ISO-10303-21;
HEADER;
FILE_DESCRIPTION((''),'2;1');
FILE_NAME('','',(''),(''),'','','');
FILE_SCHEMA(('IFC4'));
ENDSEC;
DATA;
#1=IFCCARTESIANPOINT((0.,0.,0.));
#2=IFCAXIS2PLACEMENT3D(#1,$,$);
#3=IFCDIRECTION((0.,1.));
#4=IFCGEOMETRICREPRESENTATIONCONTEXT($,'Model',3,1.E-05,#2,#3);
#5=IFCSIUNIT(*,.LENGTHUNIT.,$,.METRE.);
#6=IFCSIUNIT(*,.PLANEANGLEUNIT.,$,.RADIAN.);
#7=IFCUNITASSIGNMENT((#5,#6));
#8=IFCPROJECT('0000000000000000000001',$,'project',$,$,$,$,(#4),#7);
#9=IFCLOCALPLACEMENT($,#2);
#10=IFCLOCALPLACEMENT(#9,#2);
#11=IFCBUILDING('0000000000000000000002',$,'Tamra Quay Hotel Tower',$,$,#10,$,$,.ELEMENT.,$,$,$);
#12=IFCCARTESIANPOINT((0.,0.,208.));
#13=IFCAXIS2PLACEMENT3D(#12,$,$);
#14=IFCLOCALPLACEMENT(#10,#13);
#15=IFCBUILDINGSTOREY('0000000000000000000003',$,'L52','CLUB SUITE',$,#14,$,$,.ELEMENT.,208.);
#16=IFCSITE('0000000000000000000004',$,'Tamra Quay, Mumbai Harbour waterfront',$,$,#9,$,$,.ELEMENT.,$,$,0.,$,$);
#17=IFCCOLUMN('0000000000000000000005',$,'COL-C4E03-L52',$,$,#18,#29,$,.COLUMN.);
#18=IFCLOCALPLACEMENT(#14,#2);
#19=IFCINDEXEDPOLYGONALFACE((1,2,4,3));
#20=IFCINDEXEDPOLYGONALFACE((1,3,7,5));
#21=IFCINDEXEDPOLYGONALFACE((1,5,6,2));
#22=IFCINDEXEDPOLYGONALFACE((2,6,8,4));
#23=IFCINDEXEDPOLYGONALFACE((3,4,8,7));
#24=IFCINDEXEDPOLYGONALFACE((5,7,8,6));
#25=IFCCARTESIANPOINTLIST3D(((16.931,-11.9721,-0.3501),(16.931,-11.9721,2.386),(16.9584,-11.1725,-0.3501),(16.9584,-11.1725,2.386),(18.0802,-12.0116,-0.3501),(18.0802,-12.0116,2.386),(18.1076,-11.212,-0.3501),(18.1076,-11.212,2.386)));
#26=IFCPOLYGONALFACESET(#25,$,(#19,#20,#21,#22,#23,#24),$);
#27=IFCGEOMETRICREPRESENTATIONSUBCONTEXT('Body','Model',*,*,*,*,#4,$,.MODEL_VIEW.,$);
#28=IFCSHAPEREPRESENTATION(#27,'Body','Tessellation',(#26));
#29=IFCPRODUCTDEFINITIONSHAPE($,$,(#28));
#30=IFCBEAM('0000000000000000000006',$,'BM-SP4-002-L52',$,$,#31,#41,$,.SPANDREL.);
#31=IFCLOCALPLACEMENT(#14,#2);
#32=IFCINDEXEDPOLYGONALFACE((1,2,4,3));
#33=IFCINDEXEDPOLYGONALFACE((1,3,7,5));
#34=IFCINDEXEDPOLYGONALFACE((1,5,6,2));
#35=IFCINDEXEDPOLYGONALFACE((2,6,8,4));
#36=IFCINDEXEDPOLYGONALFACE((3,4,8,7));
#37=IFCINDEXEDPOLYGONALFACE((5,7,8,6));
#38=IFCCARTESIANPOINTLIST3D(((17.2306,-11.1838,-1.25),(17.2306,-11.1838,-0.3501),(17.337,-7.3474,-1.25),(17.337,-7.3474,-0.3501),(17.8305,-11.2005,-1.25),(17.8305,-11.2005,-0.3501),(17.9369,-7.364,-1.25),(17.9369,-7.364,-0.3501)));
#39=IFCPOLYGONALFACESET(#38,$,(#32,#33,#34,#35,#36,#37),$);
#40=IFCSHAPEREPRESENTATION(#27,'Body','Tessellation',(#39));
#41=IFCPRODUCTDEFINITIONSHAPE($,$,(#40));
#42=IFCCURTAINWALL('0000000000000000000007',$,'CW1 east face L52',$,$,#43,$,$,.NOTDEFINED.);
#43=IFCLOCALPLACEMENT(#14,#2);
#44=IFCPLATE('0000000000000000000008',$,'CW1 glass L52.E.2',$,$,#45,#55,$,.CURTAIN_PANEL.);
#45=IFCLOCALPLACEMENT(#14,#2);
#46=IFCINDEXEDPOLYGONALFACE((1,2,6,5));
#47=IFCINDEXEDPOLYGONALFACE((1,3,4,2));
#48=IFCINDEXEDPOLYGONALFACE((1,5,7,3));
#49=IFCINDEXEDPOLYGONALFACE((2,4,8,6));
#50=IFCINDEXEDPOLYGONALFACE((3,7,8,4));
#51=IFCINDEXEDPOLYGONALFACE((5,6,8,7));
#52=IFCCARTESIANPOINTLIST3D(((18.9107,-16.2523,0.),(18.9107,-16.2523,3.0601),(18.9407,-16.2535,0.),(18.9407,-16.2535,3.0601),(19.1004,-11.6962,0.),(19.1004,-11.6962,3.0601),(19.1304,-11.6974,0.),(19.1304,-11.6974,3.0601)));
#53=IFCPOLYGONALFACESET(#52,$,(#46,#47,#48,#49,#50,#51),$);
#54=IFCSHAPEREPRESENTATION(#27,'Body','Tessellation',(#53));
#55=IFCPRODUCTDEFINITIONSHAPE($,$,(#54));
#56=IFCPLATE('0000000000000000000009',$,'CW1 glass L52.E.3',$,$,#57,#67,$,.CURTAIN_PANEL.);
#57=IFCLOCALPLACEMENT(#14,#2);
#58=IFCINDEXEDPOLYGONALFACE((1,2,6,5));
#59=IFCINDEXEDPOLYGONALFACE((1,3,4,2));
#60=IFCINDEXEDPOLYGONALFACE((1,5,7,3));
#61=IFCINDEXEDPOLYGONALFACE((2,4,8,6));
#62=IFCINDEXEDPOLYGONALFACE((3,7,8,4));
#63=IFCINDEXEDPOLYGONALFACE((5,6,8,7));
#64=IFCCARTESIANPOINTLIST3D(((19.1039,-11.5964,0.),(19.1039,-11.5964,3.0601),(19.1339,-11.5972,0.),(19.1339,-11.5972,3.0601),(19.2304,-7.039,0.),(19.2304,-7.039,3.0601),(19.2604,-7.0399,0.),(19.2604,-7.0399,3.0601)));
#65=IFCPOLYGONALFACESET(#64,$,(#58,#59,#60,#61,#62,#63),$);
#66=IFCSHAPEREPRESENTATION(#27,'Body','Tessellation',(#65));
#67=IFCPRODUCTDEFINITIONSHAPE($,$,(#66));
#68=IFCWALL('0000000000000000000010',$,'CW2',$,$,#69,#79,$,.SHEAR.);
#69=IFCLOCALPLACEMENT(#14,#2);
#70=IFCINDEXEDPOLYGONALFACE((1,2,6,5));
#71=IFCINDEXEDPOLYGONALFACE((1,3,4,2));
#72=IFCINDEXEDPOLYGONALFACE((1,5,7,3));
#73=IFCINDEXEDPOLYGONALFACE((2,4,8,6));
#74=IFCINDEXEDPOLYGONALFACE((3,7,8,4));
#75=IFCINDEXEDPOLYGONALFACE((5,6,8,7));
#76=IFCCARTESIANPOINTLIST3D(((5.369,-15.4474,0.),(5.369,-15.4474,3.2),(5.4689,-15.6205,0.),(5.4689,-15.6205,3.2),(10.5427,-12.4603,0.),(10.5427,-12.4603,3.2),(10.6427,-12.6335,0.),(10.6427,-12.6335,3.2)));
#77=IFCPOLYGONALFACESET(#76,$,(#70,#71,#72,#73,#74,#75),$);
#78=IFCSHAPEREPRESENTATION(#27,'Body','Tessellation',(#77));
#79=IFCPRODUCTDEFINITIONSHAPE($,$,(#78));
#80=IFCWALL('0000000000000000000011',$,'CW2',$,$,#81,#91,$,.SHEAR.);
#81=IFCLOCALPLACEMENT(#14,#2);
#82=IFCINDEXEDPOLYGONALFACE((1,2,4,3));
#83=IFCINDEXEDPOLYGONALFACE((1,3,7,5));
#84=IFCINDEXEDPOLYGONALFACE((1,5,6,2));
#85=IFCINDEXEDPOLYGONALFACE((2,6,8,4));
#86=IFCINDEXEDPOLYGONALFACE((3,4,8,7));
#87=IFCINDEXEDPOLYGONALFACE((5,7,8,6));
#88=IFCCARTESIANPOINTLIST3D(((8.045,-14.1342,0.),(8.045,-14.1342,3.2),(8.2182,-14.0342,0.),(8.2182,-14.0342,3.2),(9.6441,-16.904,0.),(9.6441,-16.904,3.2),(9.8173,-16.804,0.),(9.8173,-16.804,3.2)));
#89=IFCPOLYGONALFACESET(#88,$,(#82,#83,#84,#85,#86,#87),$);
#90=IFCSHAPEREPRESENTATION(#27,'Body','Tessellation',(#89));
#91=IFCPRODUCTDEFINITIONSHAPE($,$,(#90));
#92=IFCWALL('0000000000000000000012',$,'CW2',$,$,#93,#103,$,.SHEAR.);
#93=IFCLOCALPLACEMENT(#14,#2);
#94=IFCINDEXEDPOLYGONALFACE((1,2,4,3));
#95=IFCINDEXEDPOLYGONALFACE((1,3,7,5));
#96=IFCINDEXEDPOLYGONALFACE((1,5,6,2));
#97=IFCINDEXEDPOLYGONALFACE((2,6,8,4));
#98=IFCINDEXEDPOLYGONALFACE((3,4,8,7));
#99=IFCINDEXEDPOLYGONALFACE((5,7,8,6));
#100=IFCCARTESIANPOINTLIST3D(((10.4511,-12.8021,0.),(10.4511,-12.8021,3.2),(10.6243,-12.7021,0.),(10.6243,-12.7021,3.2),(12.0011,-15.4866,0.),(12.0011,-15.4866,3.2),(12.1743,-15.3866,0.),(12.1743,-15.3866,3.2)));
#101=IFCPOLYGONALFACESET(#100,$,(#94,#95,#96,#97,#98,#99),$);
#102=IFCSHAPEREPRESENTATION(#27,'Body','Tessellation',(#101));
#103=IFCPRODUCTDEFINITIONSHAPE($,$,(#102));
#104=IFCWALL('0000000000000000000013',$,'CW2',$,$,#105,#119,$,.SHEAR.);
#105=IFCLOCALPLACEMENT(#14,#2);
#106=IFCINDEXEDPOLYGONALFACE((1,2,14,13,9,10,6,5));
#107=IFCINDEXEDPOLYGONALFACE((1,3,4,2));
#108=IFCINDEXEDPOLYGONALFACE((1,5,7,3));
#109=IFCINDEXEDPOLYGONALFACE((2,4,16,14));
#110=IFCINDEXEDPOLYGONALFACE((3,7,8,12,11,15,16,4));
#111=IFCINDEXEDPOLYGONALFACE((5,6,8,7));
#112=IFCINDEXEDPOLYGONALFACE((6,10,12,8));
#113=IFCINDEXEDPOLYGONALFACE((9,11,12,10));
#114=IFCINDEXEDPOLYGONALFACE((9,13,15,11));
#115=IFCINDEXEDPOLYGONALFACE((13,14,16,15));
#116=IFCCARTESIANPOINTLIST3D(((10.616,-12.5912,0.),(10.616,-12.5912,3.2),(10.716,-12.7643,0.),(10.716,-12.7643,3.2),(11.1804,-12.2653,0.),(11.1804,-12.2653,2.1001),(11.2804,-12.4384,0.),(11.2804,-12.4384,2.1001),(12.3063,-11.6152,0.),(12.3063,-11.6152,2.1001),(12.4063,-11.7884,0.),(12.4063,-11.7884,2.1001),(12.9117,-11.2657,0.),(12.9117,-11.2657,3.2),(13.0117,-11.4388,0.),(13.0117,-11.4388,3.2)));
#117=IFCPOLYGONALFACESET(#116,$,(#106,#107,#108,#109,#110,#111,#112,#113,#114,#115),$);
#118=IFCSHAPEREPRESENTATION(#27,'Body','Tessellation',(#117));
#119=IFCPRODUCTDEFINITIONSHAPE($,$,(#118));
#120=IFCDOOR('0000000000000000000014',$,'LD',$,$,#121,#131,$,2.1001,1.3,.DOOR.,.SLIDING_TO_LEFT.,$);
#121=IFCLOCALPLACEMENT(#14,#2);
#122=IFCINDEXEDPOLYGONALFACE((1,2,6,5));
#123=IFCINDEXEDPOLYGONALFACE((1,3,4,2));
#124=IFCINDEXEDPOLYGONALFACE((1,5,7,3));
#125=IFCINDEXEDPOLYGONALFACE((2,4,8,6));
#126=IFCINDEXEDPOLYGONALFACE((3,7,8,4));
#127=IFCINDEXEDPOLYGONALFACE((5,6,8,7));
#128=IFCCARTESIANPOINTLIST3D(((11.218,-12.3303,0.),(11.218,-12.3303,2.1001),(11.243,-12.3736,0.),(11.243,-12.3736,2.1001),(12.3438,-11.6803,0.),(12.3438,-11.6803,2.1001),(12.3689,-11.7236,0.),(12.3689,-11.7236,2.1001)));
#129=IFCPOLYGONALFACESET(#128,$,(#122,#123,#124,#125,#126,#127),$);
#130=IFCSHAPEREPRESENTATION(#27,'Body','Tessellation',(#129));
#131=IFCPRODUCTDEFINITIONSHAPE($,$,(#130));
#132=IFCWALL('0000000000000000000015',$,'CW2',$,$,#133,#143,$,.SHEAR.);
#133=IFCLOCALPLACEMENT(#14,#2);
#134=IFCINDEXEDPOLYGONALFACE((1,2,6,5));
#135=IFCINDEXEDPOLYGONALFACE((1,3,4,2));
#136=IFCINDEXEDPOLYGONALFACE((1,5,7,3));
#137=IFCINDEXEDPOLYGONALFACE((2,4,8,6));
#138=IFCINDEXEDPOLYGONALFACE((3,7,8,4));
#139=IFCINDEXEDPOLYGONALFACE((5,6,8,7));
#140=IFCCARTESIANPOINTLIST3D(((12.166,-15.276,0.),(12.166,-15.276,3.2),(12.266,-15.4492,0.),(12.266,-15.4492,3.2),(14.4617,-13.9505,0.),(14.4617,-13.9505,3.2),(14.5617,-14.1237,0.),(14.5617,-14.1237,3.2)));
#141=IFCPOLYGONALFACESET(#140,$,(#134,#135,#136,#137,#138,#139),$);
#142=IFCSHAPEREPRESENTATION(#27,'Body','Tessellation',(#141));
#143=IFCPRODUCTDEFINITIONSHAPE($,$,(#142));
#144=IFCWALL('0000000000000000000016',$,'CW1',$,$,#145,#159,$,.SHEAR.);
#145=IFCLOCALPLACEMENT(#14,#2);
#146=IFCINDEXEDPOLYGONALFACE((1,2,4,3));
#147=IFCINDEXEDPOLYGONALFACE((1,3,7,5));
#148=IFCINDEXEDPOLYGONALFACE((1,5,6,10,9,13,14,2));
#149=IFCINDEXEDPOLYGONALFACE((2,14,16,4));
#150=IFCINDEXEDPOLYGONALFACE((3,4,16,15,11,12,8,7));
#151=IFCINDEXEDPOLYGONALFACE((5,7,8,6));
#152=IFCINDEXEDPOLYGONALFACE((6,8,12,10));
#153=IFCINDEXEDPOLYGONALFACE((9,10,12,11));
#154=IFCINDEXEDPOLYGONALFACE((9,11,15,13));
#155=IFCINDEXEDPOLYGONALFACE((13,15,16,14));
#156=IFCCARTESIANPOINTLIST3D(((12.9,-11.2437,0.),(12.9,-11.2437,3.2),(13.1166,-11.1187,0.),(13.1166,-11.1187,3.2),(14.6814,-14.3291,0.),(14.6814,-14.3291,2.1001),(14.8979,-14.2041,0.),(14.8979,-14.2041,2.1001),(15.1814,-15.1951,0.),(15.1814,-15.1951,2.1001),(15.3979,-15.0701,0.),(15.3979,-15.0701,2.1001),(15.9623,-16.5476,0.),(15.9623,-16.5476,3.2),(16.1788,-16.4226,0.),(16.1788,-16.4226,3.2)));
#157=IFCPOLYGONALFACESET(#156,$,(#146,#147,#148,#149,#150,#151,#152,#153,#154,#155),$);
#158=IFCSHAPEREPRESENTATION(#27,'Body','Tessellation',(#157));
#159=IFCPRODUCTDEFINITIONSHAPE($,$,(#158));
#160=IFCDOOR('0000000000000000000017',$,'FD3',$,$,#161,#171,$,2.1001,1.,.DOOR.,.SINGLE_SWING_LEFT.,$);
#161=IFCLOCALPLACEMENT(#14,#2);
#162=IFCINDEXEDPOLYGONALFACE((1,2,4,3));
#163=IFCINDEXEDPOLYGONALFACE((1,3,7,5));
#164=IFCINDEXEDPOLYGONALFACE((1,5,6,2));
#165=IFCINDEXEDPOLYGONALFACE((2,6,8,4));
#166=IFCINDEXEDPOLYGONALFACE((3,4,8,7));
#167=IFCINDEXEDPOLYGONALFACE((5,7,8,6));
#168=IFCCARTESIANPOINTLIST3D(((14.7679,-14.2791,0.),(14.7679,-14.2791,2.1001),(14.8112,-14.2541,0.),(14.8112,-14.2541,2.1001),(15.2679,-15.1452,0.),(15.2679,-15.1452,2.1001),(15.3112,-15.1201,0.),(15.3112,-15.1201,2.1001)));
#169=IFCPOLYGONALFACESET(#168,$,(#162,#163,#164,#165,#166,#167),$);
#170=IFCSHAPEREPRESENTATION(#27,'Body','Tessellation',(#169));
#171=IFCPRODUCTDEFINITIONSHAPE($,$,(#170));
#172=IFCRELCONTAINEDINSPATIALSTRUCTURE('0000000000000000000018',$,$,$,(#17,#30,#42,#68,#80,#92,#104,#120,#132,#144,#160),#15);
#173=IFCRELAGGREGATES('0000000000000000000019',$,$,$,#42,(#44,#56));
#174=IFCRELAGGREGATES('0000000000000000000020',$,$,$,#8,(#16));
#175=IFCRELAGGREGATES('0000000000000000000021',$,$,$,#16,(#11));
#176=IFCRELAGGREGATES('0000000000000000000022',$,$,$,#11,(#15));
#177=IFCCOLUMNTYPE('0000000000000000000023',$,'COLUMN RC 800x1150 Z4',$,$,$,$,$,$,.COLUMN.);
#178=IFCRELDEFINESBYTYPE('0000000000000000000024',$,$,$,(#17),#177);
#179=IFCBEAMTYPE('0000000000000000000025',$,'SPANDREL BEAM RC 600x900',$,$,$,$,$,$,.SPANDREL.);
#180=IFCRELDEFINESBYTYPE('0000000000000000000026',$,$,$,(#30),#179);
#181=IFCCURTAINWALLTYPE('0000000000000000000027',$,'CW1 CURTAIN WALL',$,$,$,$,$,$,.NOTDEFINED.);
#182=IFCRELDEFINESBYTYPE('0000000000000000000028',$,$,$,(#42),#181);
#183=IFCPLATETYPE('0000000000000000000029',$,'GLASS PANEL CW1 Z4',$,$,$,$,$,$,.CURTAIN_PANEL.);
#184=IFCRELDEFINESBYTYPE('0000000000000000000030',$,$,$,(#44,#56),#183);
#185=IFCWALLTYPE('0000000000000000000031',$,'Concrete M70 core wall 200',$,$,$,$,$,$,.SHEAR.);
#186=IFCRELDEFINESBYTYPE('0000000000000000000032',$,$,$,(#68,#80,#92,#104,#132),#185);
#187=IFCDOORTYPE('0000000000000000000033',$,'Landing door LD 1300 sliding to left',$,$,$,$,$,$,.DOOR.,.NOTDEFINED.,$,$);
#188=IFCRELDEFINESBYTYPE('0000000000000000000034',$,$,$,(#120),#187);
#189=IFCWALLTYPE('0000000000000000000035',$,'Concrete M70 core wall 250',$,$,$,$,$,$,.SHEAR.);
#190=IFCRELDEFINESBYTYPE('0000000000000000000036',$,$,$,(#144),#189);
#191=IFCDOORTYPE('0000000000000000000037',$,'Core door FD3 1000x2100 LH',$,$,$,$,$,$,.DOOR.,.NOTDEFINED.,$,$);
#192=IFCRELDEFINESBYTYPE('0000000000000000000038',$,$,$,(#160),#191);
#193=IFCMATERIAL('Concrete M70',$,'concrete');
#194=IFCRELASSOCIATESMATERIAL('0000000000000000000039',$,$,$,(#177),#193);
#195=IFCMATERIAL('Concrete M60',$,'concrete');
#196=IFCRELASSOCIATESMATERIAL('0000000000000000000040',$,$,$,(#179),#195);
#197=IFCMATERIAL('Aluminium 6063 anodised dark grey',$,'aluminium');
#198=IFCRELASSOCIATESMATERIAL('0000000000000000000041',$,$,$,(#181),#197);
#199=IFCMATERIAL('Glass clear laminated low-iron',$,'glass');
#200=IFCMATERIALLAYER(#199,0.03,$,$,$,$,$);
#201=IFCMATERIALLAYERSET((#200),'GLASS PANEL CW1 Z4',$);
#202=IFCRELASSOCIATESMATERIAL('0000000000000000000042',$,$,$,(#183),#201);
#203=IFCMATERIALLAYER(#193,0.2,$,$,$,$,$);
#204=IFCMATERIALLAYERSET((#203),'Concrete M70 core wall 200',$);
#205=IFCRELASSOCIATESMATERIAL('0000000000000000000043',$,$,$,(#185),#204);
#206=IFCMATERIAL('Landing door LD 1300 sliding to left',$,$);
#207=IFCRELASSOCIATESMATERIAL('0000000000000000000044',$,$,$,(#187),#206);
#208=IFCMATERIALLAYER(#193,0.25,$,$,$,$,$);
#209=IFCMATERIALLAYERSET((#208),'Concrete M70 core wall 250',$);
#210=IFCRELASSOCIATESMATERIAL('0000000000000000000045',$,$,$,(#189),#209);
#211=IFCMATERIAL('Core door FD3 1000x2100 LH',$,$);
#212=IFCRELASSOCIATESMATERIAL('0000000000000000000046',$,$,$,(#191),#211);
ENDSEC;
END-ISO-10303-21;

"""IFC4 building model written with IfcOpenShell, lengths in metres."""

from ifc_helpers import new_model, si_unit, direction, frame, frame_2d, origin, origin_2d, place, context, subcontext, project, spatial, rectangle, extrude, material, layer, layer_set, material_profile, profile_set, type_object, element, fill, aggregate, save


model = new_model("IFC4")

# Units and contexts
model_context = context("Model", 3, precision=1e-05, world=origin(), true_north=direction((0.0, 1.0)))
body_context = subcontext(model_context, "Body", "Model", "MODEL_VIEW")
ifc_project = project(units=[si_unit("LENGTHUNIT", "METRE"), si_unit("PLANEANGLEUNIT", "RADIAN")], contexts=[model_context])

# Site, building, storey
site_placement = place(None, origin())
site = spatial("IfcSite", under=ifc_project, at=site_placement, Name="Tamra Quay, Mumbai Harbour waterfront", CompositionType="ELEMENT", RefElevation=0.0)
building_placement = place(site_placement, origin())
building = spatial("IfcBuilding", under=site, at=building_placement, Name="Tamra Quay Hotel Tower", CompositionType="ELEMENT")
storey_placement = place(building_placement, frame((0.0, 0.0, 208.0)))
storey = spatial("IfcBuildingStorey", under=building, at=storey_placement, Name="L52", Description="CLUB SUITE", CompositionType="ELEMENT", Elevation=208.0)

# Column
ifc_material_1 = material(Name="Concrete M70", Category="concrete")
ifc_material_profile_1 = material_profile(ifc_material_1, rectangle(XDim=1.1499, YDim=0.8, at=origin_2d()), Name="COLUMN RC 800x1150 Z4")
ifc_profile_set_1 = profile_set([ifc_material_profile_1], Name="Concrete M70")
column_type = type_object("IfcColumnType", Name="COLUMN RC 800x1150 Z4", PredefinedType="COLUMN", material=ifc_profile_set_1)
column_placement = place(storey_placement, frame((17.5193, -11.592, -0.3501), z_axis=(0.0, 0.0, 1.0), x_axis=(-0.999412, 0.034299, 0.0)))
element("IfcColumn", 1, at=column_placement, inside=storey, type_object=column_type, Name="COL-C4E03-L52", PredefinedType="COLUMN", context=body_context, shape_type="SweptSolid", body=[
    extrude(rectangle(XDim=1.1499, YDim=0.8, at=origin_2d()), origin(), (0.0, 0.0, 1.0), 2.7361),
])

# Beam
ifc_material_2 = material(Name="Concrete M60", Category="concrete")
ifc_material_profile_2 = material_profile(ifc_material_2, rectangle(XDim=0.6001, YDim=0.8999, at=origin_2d()), Name="SPANDREL BEAM RC 600x900")
ifc_profile_set_2 = profile_set([ifc_material_profile_2], Name="Concrete M60")
beam_type = type_object("IfcBeamType", Name="SPANDREL BEAM RC 600x900", PredefinedType="SPANDREL", material=ifc_profile_set_2)
beam_placement = place(storey_placement, frame((17.5305, -11.1921, -0.8), z_axis=(0.027735, 0.999615, 0.0), x_axis=(-0.999615, 0.027735, 0.0)))
element("IfcBeam", 2, at=beam_placement, inside=storey, type_object=beam_type, Name="BM-SP4-002-L52", PredefinedType="SPANDREL", context=body_context, shape_type="SweptSolid", body=[
    extrude(rectangle(XDim=0.6001, YDim=0.8999, at=origin_2d()), origin(), (0.0, 0.0, 1.0), 3.8379),
])

# Curtain wall, plates
ifc_material_3 = material(Name="Aluminium 6063 anodised dark grey", Category="aluminium")
curtain_wall_type = type_object("IfcCurtainWallType", Name="CW1 CURTAIN WALL", PredefinedType="NOTDEFINED", material=ifc_material_3)
curtain_wall_placement = place(storey_placement, origin())
curtain_wall = element("IfcCurtainWall", 3, at=curtain_wall_placement, inside=storey, type_object=curtain_wall_type, Name="CW1 east face L52", PredefinedType="NOTDEFINED")
ifc_material_4 = material(Name="Glass clear laminated low-iron", Category="glass")
ifc_layer_1 = layer(ifc_material_4, 0.03)
ifc_layer_set_1 = layer_set([ifc_layer_1], Name="GLASS PANEL CW1 Z4")
plate_type = type_object("IfcPlateType", Name="GLASS PANEL CW1 Z4", PredefinedType="CURTAIN_PANEL", material=ifc_layer_set_1)
plate_1_placement = place(storey_placement, frame((19.0205, -13.9749, 0.0), z_axis=(0.0, 0.0, 1.0), x_axis=(0.0416, 0.999134, 0.0)))
plate_1 = element("IfcPlate", 4, at=plate_1_placement, type_object=plate_type, Name="CW1 glass L52.E.2", PredefinedType="CURTAIN_PANEL", context=body_context, shape_type="SweptSolid", body=[
    extrude(rectangle(XDim=4.5601, YDim=0.03, at=origin_2d()), origin(), (0.0, 0.0, 1.0), 3.0601),
])
plate_2_placement = place(storey_placement, frame((19.1821, -9.3181, 0.0), z_axis=(0.0, 0.0, 1.0), x_axis=(0.027754, 0.999615, 0.0)))
plate_2 = element("IfcPlate", 5, at=plate_2_placement, type_object=plate_type, Name="CW1 glass L52.E.3", PredefinedType="CURTAIN_PANEL", context=body_context, shape_type="SweptSolid", body=[
    extrude(rectangle(XDim=4.5591, YDim=0.03, at=origin_2d()), origin(), (0.0, 0.0, 1.0), 3.0601),
])
aggregate(curtain_wall, [plate_1, plate_2])

# Walls
ifc_layer_2 = layer(ifc_material_1, 0.2)
ifc_layer_set_2 = layer_set([ifc_layer_2], Name="Concrete M70 core wall 200")
wall_type_1 = type_object("IfcWallType", Name="Concrete M70 core wall 200", PredefinedType="SHEAR", material=ifc_layer_set_2)
wall_1_placement = place(storey_placement, frame((5.4189, -15.5339, 0.0), z_axis=(0.0, 0.0, 1.0), x_axis=(0.866029, 0.499994, 0.0)))
element("IfcWall", 6, at=wall_1_placement, inside=storey, type_object=wall_type_1, Name="CW2", PredefinedType="SHEAR", context=body_context, shape_type="SweptSolid", body=[
    extrude(rectangle(XDim=5.9741, YDim=0.2, at=frame_2d((2.9871, 0.0))), origin(), (0.0, 0.0, 1.0), 3.2),
])
wall_2_placement = place(storey_placement, frame((8.1316, -14.0842, 0.0), z_axis=(0.0, 0.0, 1.0), x_axis=(0.499998, -0.866027, 0.0)))
element("IfcWall", 7, at=wall_2_placement, inside=storey, type_object=wall_type_1, Name="CW2", PredefinedType="SHEAR", context=body_context, shape_type="SweptSolid", body=[
    extrude(rectangle(XDim=3.1982, YDim=0.2, at=frame_2d((1.5991, 0.0))), origin(), (0.0, 0.0, 1.0), 3.2),
])
wall_3_placement = place(storey_placement, frame((12.0876, -15.4365, 0.0), z_axis=(0.0, 0.0, 1.0), x_axis=(-0.500027, 0.86601, 0.0)))
element("IfcWall", 8, at=wall_3_placement, inside=storey, type_object=wall_type_1, Name="CW2", PredefinedType="SHEAR", context=body_context, shape_type="SweptSolid", body=[
    extrude(rectangle(XDim=3.0999, YDim=0.2, at=frame_2d((1.5498, 0.0))), origin(), (0.0, 0.0, 1.0), 3.2),
])

# Wall, opening, door
wall_4_placement = place(storey_placement, frame((10.666, -12.6777, 0.0), z_axis=(0.0, 0.0, 1.0), x_axis=(0.866018, 0.500012, 0.0)))
wall_4 = element("IfcWall", 9, at=wall_4_placement, inside=storey, type_object=wall_type_1, Name="CW2", PredefinedType="SHEAR", context=body_context, shape_type="SweptSolid", body=[
    extrude(rectangle(XDim=2.6509, YDim=0.2, at=frame_2d((1.3254, 0.0))), origin(), (0.0, 0.0, 1.0), 3.2),
])
opening_1_placement = place(wall_4_placement, frame((0.6519, 0.0, 0.0)))
opening_1 = element("IfcOpeningElement", 10, at=opening_1_placement, cuts=wall_4, PredefinedType="OPENING", context=body_context, shape_type="SweptSolid", body=[
    extrude(rectangle(XDim=1.3, YDim=2.1001, at=frame_2d((0.6499, 1.05))), frame((0.0, 0.1099, 0.0), z_axis=(0.0, -1.0, 0.0), x_axis=(1.0, 0.0, 0.0)), (0.0, 0.0, 1.0), 0.22),
])
ifc_material_5 = material(Name="Landing door LD 1300 sliding to left")
door_type_1 = type_object("IfcDoorType", Name="Landing door LD 1300 sliding to left", OperationType="NOTDEFINED", PredefinedType="DOOR", material=ifc_material_5)
door_1_placement = place(opening_1_placement, origin())
door_1 = element("IfcDoor", 11, at=door_1_placement, inside=storey, type_object=door_type_1, Name="LD", OperationType="SLIDING_TO_LEFT", OverallHeight=2.1001, OverallWidth=1.3, PredefinedType="DOOR", context=body_context, shape_type="SweptSolid", body=[
    extrude(rectangle(XDim=1.3, YDim=2.1001, at=frame_2d((0.6499, 1.05))), frame((0.0, 0.0249, 0.0), z_axis=(0.0, -1.0, 0.0), x_axis=(1.0, 0.0, 0.0)), (0.0, 0.0, 1.0), 0.05),
])
fill(opening_1, door_1)

# Wall
wall_5_placement = place(storey_placement, frame((14.5117, -14.0371, 0.0), z_axis=(0.0, 0.0, 1.0), x_axis=(-0.866018, -0.500012, 0.0)))
element("IfcWall", 12, at=wall_5_placement, inside=storey, type_object=wall_type_1, Name="CW2", PredefinedType="SHEAR", context=body_context, shape_type="SweptSolid", body=[
    extrude(rectangle(XDim=2.6509, YDim=0.2, at=frame_2d((1.3254, 0.0))), origin(), (0.0, 0.0, 1.0), 3.2),
])

# Wall, opening, door
ifc_layer_3 = layer(ifc_material_1, 0.25)
ifc_layer_set_3 = layer_set([ifc_layer_3], Name="Concrete M70 core wall 250")
wall_type_2 = type_object("IfcWallType", Name="Concrete M70 core wall 250", PredefinedType="SHEAR", material=ifc_layer_set_3)
wall_6_placement = place(storey_placement, frame((13.0083, -11.1812, 0.0), z_axis=(0.0, 0.0, 1.0), x_axis=(0.500002, -0.866024, 0.0)))
wall_6 = element("IfcWall", 13, at=wall_6_placement, inside=storey, type_object=wall_type_2, Name="CW1", PredefinedType="SHEAR", context=body_context, shape_type="SweptSolid", body=[
    extrude(rectangle(XDim=6.1245, YDim=0.25, at=frame_2d((3.0623, 0.0))), origin(), (0.0, 0.0, 1.0), 3.2),
])
opening_2_placement = place(wall_6_placement, frame((3.5627, 0.0, 0.0)))
opening_2 = element("IfcOpeningElement", 14, at=opening_2_placement, cuts=wall_6, PredefinedType="OPENING", context=body_context, shape_type="SweptSolid", body=[
    extrude(rectangle(XDim=1.0, YDim=2.1001, at=frame_2d((0.5, 1.05))), frame((0.0, 0.135, 0.0), z_axis=(0.0, -1.0, 0.0), x_axis=(1.0, 0.0, 0.0)), (0.0, 0.0, 1.0), 0.27),
])
ifc_material_6 = material(Name="Core door FD3 1000x2100 LH")
door_type_2 = type_object("IfcDoorType", Name="Core door FD3 1000x2100 LH", OperationType="NOTDEFINED", PredefinedType="DOOR", material=ifc_material_6)
door_2_placement = place(opening_2_placement, origin())
door_2 = element("IfcDoor", 15, at=door_2_placement, inside=storey, type_object=door_type_2, Name="FD3", OperationType="SINGLE_SWING_LEFT", OverallHeight=2.1001, OverallWidth=1.0, PredefinedType="DOOR", context=body_context, shape_type="SweptSolid", body=[
    extrude(rectangle(XDim=1.0, YDim=2.1001, at=frame_2d((0.5, 1.05))), frame((0.0, 0.0249, 0.0), z_axis=(0.0, -1.0, 0.0), x_axis=(1.0, 0.0, 0.0)), (0.0, 0.0, 1.0), 0.05),
])
fill(opening_2, door_2)

save(model, "model.ifc")
